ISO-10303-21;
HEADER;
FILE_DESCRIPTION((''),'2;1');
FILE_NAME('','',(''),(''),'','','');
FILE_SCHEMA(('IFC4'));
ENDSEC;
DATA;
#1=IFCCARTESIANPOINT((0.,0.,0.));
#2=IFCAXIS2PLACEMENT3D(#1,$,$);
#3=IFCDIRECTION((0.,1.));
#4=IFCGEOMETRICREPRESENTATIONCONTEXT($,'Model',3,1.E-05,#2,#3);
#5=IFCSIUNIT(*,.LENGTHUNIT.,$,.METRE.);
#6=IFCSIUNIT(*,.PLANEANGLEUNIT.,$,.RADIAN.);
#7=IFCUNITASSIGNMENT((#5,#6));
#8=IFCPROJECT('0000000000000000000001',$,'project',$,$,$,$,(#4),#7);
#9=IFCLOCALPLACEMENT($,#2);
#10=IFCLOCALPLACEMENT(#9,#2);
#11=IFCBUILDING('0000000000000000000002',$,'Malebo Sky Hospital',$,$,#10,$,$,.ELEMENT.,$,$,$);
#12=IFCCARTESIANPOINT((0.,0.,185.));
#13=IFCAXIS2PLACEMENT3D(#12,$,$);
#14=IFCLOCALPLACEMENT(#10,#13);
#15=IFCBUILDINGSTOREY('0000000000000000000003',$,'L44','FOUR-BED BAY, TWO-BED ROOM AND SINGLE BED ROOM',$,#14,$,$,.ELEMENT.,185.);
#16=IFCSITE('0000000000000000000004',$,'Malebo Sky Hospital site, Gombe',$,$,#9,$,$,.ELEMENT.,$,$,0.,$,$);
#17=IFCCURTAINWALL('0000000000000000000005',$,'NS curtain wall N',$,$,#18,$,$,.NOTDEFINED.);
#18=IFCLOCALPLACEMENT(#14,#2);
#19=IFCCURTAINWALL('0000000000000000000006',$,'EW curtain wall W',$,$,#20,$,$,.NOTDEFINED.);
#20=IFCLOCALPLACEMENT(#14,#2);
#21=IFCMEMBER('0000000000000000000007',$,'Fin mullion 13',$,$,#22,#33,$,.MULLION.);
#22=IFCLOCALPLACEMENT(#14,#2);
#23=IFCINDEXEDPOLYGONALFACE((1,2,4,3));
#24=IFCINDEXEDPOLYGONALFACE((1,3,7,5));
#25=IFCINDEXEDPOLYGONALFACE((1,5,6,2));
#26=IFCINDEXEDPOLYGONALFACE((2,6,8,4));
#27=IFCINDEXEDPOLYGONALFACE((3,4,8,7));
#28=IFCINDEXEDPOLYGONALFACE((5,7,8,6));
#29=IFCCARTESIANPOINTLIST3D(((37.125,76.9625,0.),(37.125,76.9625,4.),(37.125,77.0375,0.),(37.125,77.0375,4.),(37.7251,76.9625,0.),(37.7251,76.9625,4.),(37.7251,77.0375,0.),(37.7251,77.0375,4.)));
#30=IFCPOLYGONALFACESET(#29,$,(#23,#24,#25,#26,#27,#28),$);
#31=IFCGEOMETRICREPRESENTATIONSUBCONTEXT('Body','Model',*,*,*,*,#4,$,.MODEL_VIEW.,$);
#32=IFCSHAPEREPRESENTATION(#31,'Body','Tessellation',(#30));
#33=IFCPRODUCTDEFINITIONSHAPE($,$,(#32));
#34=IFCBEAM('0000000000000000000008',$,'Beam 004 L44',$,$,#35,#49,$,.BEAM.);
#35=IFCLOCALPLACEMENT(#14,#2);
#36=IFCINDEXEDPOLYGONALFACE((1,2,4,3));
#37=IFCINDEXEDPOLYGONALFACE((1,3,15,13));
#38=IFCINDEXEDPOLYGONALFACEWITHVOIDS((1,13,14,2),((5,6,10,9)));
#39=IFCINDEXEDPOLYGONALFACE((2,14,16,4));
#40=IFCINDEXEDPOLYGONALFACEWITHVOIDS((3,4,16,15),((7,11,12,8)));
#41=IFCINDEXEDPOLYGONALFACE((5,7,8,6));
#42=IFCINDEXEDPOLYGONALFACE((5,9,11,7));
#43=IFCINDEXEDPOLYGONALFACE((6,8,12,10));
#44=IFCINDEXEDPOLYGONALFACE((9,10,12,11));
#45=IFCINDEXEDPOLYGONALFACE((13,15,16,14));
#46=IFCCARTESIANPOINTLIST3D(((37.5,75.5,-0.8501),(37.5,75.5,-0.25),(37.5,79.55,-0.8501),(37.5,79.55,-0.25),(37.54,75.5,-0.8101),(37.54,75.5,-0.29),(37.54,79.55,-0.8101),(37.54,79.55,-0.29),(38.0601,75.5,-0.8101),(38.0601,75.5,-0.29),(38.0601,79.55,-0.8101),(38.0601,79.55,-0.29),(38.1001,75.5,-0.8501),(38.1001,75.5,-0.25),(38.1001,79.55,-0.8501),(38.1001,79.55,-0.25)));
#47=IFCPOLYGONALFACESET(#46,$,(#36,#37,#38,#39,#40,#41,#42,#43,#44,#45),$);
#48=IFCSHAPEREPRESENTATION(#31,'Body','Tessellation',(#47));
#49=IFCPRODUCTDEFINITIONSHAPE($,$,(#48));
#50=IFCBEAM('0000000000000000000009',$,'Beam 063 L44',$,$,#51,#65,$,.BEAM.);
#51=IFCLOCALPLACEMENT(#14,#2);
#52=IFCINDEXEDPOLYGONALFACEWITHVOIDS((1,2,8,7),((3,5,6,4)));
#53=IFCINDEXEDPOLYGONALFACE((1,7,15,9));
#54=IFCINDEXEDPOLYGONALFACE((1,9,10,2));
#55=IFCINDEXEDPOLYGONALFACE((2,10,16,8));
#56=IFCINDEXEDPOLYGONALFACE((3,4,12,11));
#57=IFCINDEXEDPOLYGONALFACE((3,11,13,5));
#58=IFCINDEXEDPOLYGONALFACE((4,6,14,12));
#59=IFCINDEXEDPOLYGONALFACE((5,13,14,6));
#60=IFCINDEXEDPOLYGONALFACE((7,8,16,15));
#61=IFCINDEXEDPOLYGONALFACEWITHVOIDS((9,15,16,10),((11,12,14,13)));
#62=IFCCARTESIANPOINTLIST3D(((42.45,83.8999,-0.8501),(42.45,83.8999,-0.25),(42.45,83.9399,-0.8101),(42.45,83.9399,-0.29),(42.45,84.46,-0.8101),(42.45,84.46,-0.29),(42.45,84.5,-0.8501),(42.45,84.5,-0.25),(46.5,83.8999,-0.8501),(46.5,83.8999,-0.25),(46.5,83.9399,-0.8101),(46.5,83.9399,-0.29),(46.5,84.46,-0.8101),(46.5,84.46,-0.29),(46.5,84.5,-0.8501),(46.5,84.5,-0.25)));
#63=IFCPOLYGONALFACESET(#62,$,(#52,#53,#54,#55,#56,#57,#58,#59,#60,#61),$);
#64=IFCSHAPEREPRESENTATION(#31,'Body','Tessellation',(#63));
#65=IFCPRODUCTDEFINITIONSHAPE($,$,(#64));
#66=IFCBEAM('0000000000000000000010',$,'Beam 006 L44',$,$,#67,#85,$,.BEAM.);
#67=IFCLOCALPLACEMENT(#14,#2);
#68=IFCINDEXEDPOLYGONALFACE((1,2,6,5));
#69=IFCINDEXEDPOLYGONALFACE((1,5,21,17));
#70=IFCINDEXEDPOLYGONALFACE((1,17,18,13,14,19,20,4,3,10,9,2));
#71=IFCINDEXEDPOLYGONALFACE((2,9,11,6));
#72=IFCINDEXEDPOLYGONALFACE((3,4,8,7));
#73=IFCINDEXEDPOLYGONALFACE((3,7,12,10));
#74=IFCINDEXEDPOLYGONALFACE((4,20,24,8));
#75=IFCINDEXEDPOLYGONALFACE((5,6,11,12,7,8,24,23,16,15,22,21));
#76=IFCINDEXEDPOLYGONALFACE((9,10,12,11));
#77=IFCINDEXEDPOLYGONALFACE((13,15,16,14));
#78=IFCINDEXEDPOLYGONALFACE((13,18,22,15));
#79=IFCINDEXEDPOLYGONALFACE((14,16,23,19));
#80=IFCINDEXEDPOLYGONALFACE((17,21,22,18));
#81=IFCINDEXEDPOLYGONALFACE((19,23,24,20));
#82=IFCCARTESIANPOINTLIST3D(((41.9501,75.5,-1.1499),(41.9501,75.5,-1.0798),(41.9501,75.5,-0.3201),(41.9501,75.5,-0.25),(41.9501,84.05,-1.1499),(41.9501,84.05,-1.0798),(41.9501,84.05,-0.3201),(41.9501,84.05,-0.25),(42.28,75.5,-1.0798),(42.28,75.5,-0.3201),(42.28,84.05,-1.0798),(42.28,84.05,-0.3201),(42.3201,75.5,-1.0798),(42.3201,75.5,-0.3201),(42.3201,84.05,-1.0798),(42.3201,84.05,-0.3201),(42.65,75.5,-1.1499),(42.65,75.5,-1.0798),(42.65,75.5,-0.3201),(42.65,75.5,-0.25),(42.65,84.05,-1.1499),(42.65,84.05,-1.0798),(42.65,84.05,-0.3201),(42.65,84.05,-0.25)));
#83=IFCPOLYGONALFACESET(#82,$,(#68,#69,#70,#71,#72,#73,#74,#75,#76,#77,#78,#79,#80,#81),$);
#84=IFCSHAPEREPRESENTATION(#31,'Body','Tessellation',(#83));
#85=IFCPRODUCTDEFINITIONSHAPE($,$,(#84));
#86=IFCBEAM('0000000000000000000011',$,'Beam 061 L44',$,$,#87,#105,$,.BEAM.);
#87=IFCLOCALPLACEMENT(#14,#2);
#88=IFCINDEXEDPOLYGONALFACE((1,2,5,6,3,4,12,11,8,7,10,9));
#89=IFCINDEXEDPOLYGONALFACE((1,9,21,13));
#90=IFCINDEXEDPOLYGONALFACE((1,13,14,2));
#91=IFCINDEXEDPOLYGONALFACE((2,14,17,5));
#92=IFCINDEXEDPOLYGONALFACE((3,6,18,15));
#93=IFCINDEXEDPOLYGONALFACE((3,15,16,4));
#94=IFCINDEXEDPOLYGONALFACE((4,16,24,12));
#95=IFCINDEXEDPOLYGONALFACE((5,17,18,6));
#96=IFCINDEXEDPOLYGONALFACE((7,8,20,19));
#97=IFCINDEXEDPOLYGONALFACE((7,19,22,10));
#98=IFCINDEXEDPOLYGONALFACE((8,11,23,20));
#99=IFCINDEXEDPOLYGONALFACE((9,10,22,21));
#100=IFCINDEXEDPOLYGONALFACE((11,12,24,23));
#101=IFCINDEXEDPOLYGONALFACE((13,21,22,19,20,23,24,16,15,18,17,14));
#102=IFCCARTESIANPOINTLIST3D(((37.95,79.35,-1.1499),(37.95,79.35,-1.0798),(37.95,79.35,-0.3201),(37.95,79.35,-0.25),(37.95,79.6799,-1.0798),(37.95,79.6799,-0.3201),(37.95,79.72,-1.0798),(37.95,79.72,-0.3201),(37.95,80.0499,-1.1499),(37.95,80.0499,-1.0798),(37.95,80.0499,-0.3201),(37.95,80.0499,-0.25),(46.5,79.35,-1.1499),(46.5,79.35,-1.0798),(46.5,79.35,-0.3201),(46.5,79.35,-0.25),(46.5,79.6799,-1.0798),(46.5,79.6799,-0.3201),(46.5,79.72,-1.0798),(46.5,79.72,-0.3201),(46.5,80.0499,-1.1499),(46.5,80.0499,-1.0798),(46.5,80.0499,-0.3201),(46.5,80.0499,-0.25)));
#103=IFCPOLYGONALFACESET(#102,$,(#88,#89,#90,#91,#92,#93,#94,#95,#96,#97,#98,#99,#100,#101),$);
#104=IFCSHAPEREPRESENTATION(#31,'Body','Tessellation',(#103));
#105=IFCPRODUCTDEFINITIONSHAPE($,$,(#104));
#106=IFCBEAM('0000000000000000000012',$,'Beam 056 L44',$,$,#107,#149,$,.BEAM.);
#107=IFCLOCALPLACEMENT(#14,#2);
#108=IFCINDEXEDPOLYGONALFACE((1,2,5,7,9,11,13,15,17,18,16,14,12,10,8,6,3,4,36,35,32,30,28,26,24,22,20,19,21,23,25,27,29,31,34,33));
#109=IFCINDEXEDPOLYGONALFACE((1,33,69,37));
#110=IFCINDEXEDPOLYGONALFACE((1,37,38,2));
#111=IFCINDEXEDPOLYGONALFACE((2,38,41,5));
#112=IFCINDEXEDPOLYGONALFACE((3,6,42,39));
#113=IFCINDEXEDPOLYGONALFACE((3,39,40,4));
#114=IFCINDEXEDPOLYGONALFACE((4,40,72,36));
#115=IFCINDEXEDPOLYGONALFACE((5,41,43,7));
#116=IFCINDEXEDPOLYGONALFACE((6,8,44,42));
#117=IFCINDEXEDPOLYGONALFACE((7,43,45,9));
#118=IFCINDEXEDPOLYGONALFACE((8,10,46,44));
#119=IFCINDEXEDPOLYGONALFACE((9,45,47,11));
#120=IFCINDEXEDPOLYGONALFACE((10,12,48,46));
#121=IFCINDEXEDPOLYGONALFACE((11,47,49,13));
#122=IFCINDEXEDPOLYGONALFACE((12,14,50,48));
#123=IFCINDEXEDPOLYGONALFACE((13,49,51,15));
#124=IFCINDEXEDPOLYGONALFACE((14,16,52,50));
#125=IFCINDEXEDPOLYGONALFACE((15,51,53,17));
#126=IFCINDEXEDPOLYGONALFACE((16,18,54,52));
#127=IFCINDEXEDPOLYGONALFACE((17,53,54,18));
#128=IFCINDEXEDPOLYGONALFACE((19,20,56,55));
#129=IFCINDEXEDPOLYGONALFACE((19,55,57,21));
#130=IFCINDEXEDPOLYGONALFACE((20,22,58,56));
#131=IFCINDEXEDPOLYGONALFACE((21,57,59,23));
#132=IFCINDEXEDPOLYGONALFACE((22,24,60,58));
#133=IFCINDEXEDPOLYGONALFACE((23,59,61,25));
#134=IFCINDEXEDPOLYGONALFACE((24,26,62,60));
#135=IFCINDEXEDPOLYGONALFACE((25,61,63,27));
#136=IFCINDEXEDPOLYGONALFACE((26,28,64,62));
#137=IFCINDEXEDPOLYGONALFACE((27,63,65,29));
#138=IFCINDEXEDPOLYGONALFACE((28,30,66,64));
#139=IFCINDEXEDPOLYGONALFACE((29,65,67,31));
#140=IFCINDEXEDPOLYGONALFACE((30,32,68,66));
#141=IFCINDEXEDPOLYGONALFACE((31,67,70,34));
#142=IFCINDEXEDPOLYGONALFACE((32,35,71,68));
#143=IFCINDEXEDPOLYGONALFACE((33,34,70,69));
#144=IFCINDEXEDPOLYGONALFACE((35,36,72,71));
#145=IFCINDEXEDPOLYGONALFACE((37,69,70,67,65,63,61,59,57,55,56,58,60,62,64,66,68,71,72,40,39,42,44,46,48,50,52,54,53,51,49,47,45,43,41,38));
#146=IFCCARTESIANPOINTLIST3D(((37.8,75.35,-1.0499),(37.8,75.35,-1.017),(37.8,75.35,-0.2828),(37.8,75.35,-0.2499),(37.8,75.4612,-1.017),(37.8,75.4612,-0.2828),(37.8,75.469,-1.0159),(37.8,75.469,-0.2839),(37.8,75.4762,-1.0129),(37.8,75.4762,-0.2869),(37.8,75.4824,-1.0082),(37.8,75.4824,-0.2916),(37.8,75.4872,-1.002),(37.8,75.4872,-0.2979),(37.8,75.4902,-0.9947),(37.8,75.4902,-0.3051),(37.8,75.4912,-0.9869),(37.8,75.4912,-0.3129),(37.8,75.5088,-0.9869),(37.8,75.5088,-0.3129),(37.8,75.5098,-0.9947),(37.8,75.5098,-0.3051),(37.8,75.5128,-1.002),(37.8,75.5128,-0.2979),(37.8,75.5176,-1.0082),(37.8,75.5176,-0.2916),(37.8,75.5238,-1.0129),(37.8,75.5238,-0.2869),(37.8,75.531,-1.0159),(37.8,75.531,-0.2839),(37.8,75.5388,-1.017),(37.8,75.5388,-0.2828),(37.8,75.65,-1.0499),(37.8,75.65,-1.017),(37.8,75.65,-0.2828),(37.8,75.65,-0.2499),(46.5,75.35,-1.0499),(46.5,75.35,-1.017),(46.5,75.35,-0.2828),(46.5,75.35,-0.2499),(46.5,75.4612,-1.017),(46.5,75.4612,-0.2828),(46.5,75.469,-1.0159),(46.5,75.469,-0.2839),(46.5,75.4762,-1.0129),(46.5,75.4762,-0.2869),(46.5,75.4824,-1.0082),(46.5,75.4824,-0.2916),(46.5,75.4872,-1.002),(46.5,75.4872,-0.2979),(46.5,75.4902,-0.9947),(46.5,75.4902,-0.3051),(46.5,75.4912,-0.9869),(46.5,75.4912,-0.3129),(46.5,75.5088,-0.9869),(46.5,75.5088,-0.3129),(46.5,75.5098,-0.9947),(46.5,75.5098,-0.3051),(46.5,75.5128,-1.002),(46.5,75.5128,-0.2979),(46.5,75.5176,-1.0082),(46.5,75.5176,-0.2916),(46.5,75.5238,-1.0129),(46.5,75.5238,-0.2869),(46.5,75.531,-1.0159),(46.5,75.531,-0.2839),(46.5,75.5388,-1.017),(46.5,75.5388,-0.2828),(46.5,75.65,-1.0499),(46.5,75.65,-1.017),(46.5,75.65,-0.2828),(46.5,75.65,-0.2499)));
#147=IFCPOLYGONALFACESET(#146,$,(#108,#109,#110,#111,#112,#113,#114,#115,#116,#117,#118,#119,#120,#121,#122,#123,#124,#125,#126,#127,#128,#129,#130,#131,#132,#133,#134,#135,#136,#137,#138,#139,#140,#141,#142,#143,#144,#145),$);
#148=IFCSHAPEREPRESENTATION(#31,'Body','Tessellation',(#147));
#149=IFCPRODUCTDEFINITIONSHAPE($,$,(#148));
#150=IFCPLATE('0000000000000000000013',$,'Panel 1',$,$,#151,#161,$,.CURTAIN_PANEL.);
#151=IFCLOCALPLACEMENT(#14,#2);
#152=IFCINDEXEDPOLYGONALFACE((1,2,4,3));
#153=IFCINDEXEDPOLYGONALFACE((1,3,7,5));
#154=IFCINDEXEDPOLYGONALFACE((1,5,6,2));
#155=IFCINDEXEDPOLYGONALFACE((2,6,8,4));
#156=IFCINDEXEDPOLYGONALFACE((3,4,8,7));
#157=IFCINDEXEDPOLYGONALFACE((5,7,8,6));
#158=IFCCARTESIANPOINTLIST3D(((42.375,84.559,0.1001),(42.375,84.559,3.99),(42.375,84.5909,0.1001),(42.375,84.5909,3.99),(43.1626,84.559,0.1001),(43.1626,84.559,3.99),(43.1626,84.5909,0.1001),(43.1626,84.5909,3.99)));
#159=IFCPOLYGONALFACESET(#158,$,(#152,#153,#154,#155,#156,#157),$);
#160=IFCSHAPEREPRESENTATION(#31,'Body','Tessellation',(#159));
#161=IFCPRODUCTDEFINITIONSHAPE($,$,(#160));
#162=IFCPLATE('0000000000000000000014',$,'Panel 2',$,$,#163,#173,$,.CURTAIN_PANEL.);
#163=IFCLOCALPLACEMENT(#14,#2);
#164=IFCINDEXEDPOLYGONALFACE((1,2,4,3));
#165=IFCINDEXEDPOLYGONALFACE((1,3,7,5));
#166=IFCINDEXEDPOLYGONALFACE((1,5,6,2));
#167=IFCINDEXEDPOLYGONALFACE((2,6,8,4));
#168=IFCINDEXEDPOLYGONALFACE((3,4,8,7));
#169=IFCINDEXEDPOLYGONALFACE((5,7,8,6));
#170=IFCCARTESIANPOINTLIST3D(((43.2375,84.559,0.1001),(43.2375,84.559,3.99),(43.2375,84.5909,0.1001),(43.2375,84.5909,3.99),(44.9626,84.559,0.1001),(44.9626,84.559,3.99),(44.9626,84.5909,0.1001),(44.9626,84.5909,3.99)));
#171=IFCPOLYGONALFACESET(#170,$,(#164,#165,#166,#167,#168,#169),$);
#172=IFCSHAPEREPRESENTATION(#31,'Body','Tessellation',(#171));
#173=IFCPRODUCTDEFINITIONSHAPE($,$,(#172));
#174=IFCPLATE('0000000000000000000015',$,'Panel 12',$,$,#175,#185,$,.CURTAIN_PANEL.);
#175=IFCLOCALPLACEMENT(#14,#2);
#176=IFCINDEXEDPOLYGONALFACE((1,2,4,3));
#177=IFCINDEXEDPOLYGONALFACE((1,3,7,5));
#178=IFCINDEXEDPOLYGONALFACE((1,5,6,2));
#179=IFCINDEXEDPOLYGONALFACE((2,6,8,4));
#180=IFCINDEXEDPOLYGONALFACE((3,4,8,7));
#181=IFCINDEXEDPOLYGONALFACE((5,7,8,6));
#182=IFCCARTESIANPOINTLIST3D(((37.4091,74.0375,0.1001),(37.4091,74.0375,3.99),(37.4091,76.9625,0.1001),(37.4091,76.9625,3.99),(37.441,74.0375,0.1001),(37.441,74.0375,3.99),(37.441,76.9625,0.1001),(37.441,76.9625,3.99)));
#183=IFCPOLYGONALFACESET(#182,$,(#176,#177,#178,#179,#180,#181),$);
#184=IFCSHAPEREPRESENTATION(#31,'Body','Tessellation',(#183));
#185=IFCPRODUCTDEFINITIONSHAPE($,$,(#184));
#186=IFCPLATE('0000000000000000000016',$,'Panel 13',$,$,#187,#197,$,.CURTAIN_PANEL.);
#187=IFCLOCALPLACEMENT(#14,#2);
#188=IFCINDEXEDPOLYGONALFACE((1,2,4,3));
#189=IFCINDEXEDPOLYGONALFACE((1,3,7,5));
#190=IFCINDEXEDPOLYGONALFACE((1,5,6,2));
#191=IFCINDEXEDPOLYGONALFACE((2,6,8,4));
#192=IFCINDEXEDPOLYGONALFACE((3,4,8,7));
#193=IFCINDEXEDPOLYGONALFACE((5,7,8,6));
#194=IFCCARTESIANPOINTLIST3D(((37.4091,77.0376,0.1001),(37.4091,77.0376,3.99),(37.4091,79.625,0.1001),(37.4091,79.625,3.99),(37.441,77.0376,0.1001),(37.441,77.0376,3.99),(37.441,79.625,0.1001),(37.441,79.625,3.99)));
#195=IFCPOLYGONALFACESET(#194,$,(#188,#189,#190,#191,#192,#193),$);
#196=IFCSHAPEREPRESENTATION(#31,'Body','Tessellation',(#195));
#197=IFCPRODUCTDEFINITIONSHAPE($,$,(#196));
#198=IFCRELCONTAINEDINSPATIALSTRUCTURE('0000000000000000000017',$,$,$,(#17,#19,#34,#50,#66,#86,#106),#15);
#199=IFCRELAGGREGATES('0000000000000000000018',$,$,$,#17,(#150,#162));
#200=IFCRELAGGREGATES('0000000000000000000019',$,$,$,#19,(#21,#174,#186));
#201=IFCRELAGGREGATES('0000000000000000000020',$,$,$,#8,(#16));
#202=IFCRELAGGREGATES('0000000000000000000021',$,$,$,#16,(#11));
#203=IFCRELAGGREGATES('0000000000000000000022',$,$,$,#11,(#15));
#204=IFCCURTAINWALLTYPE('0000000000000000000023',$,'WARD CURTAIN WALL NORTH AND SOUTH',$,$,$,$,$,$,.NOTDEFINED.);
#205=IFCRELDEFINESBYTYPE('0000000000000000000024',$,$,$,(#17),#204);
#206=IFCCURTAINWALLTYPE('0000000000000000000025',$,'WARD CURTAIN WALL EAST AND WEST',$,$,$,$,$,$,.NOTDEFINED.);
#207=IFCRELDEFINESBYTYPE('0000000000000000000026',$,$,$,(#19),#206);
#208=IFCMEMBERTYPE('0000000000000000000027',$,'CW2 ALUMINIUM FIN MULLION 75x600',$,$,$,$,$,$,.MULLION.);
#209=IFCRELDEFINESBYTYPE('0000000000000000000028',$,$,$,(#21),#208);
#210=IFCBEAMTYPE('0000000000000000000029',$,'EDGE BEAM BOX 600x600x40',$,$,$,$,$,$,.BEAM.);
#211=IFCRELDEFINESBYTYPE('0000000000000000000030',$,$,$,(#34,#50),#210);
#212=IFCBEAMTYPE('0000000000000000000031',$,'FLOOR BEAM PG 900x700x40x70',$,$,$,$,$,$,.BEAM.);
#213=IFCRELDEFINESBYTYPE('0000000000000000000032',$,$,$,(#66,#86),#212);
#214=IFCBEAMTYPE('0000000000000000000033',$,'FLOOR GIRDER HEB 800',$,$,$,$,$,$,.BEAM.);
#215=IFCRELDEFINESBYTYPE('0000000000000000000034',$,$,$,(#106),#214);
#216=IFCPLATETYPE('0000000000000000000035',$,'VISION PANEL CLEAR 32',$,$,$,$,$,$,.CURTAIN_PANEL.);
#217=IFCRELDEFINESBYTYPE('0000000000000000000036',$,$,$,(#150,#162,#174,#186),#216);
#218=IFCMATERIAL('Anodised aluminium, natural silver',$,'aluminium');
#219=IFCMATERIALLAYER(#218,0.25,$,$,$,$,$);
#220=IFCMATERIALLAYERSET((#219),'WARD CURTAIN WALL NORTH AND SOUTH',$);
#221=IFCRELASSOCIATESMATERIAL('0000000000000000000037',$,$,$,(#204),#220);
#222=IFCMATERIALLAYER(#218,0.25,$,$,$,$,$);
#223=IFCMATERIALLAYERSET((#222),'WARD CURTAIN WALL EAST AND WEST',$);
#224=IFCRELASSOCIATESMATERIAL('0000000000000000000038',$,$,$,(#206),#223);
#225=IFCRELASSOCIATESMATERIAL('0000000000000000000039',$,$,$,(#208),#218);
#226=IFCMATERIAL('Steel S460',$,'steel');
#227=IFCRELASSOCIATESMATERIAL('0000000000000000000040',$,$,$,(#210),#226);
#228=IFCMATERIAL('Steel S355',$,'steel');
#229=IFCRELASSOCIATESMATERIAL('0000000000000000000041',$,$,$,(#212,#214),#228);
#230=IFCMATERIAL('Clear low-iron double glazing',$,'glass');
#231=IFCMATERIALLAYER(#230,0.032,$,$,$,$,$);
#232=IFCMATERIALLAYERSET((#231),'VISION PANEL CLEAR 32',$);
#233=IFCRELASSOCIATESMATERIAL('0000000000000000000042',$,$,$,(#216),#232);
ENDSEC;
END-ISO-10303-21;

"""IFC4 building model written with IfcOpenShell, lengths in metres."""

from ifc_helpers import new_model, si_unit, direction, frame, origin, origin_2d, place, context, subcontext, project, spatial, rectangle, hollow_rectangle, i_section, extrude, material, layer, layer_set, material_profile, profile_set, type_object, element, aggregate, save


model = new_model("IFC4")

# Units and contexts
model_context = context("Model", 3, precision=1e-05, world=origin(), true_north=direction((0.0, 1.0)))
body_context = subcontext(model_context, "Body", "Model", "MODEL_VIEW")
ifc_project = project(units=[si_unit("LENGTHUNIT", "METRE"), si_unit("PLANEANGLEUNIT", "RADIAN")], contexts=[model_context])

# Site, building, storey
site_placement = place(None, origin())
site = spatial("IfcSite", under=ifc_project, at=site_placement, Name="Malebo Sky Hospital site, Gombe", CompositionType="ELEMENT", RefElevation=0.0)
building_placement = place(site_placement, origin())
building = spatial("IfcBuilding", under=site, at=building_placement, Name="Malebo Sky Hospital", CompositionType="ELEMENT")
storey_placement = place(building_placement, frame((0.0, 0.0, 185.0)))
storey = spatial("IfcBuildingStorey", under=building, at=storey_placement, Name="L44", Description="FOUR-BED BAY, TWO-BED ROOM AND SINGLE BED ROOM", CompositionType="ELEMENT", Elevation=185.0)

# Shared definitions
ifc_material_1 = material(Name="Steel S460", Category="steel")

# Curtain walls
ifc_material_2 = material(Name="Anodised aluminium, natural silver", Category="aluminium")
ifc_layer_1 = layer(ifc_material_2, 0.25)
ifc_layer_set_1 = layer_set([ifc_layer_1], Name="WARD CURTAIN WALL NORTH AND SOUTH")
curtain_wall_type_1 = type_object("IfcCurtainWallType", Name="WARD CURTAIN WALL NORTH AND SOUTH", PredefinedType="NOTDEFINED", material=ifc_layer_set_1)
curtain_wall_1_placement = place(storey_placement, origin())
curtain_wall_1 = element("IfcCurtainWall", 1, at=curtain_wall_1_placement, inside=storey, type_object=curtain_wall_type_1, Name="NS curtain wall N", PredefinedType="NOTDEFINED")
ifc_layer_2 = layer(ifc_material_2, 0.25)
ifc_layer_set_2 = layer_set([ifc_layer_2], Name="WARD CURTAIN WALL EAST AND WEST")
curtain_wall_type_2 = type_object("IfcCurtainWallType", Name="WARD CURTAIN WALL EAST AND WEST", PredefinedType="NOTDEFINED", material=ifc_layer_set_2)
curtain_wall_2_placement = place(storey_placement, origin())
curtain_wall_2 = element("IfcCurtainWall", 2, at=curtain_wall_2_placement, inside=storey, type_object=curtain_wall_type_2, Name="EW curtain wall W", PredefinedType="NOTDEFINED")

# Member
ifc_material_profile_1 = material_profile(ifc_material_2, rectangle(XDim=0.075, YDim=0.6001, at=origin_2d()), Name="CW2 ALUMINIUM FIN MULLION 75x600")
ifc_profile_set_1 = profile_set([ifc_material_profile_1], Name="Anodised aluminium, natural silver")
member_type_1 = type_object("IfcMemberType", Name="CW2 ALUMINIUM FIN MULLION 75x600", PredefinedType="MULLION", material=ifc_profile_set_1)
member_1_placement = place(storey_placement, frame((37.425, 77.0, 0.0), z_axis=(0.0, 0.0, 1.0), x_axis=(0.0, 1.0, 0.0)))
member_1 = element("IfcMember", 3, at=member_1_placement, type_object=member_type_1, Name="Fin mullion 13", PredefinedType="MULLION", context=body_context, shape_type="SweptSolid", body=[
    extrude(rectangle(XDim=0.075, YDim=0.6001, at=origin_2d()), origin(), (0.0, 0.0, 1.0), 4.0),
])

# Beams
ifc_material_profile_2 = material_profile(ifc_material_1, hollow_rectangle(XDim=0.6001, YDim=0.6001, WallThickness=0.04, at=origin_2d()), Name="BOX 600x600x40")
ifc_profile_set_2 = profile_set([ifc_material_profile_2], Name="Steel S460")
beam_type_1 = type_object("IfcBeamType", Name="EDGE BEAM BOX 600x600x40", PredefinedType="BEAM", material=ifc_profile_set_2)
for number, where, z_axis, x_axis, name in (
    (4, (37.8, 75.5, -0.55), (0.0, 1.0, 0.0), (-1.0, 0.0, 0.0), "Beam 004 L44"),
    (5, (42.45, 84.2, -0.55), (1.0, 0.0, 0.0), (0.0, 1.0, 0.0), "Beam 063 L44"),
):
    element("IfcBeam", number, at=place(storey_placement, frame(where, z_axis=z_axis, x_axis=x_axis)), inside=storey, type_object=beam_type_1, Name=name, PredefinedType="BEAM", context=body_context, shape_type="SweptSolid", body=[
        extrude(hollow_rectangle(XDim=0.6001, YDim=0.6001, WallThickness=0.04, at=origin_2d()), origin(), (0.0, 0.0, 1.0), 4.05),
    ])
ifc_material_3 = material(Name="Steel S355", Category="steel")
ifc_material_profile_3 = material_profile(ifc_material_3, i_section(OverallWidth=0.7, OverallDepth=0.8999, WebThickness=0.04, FlangeThickness=0.0701, at=origin_2d()), Name="PG 900x700x40x70")
ifc_profile_set_3 = profile_set([ifc_material_profile_3], Name="Steel S355")
beam_type_2 = type_object("IfcBeamType", Name="FLOOR BEAM PG 900x700x40x70", PredefinedType="BEAM", material=ifc_profile_set_3)
for number, where, z_axis, x_axis, name in (
    (6, (42.3, 75.5, -0.7), (0.0, 1.0, 0.0), (-1.0, 0.0, 0.0), "Beam 006 L44"),
    (7, (37.95, 79.7, -0.7), (1.0, 0.0, 0.0), (0.0, 1.0, 0.0), "Beam 061 L44"),
):
    element("IfcBeam", number, at=place(storey_placement, frame(where, z_axis=z_axis, x_axis=x_axis)), inside=storey, type_object=beam_type_2, Name=name, PredefinedType="BEAM", context=body_context, shape_type="SweptSolid", body=[
        extrude(i_section(OverallWidth=0.7, OverallDepth=0.8999, WebThickness=0.04, FlangeThickness=0.0701, at=origin_2d()), origin(), (0.0, 0.0, 1.0), 8.55),
    ])
ifc_material_profile_4 = material_profile(ifc_material_3, i_section(OverallWidth=0.3, OverallDepth=0.8, WebThickness=0.0176, FlangeThickness=0.033, FilletRadius=0.03, at=origin_2d()), Name="HEB 800")
ifc_profile_set_4 = profile_set([ifc_material_profile_4], Name="Steel S355")
beam_type_3 = type_object("IfcBeamType", Name="FLOOR GIRDER HEB 800", PredefinedType="BEAM", material=ifc_profile_set_4)
beam_placement = place(storey_placement, frame((37.8, 75.5, -0.6499), z_axis=(1.0, 0.0, 0.0), x_axis=(0.0, 1.0, 0.0)))
element("IfcBeam", 8, at=beam_placement, inside=storey, type_object=beam_type_3, Name="Beam 056 L44", PredefinedType="BEAM", context=body_context, shape_type="SweptSolid", body=[
    extrude(i_section(OverallWidth=0.3, OverallDepth=0.8, WebThickness=0.0176, FlangeThickness=0.033, FilletRadius=0.03, at=origin_2d()), origin(), (0.0, 0.0, 1.0), 8.7),
])

# Plates
ifc_material_4 = material(Name="Clear low-iron double glazing", Category="glass")
ifc_layer_3 = layer(ifc_material_4, 0.032)
ifc_layer_set_3 = layer_set([ifc_layer_3], Name="VISION PANEL CLEAR 32")
plate_type = type_object("IfcPlateType", Name="VISION PANEL CLEAR 32", PredefinedType="CURTAIN_PANEL", material=ifc_layer_set_3)
plate_1_placement = place(storey_placement, frame((42.7688, 84.575, 0.1001), z_axis=(0.0, 0.0, 1.0), x_axis=(1.0, 0.0, 0.0)))
plate_1 = element("IfcPlate", 9, at=plate_1_placement, type_object=plate_type, Name="Panel 1", PredefinedType="CURTAIN_PANEL", context=body_context, shape_type="SweptSolid", body=[
    extrude(rectangle(XDim=0.7876, YDim=0.032, at=origin_2d()), origin(), (0.0, 0.0, 1.0), 3.8899),
])
plate_2_placement = place(storey_placement, frame((44.1001, 84.575, 0.1001), z_axis=(0.0, 0.0, 1.0), x_axis=(1.0, 0.0, 0.0)))
plate_2 = element("IfcPlate", 10, at=plate_2_placement, type_object=plate_type, Name="Panel 2", PredefinedType="CURTAIN_PANEL", context=body_context, shape_type="SweptSolid", body=[
    extrude(rectangle(XDim=1.7251, YDim=0.032, at=origin_2d()), origin(), (0.0, 0.0, 1.0), 3.8899),
])
aggregate(curtain_wall_1, [plate_1, plate_2])
plate_3_placement = place(storey_placement, frame((37.425, 75.5, 0.1001), z_axis=(0.0, 0.0, 1.0), x_axis=(0.0, 1.0, 0.0)))
plate_3 = element("IfcPlate", 11, at=plate_3_placement, type_object=plate_type, Name="Panel 12", PredefinedType="CURTAIN_PANEL", context=body_context, shape_type="SweptSolid", body=[
    extrude(rectangle(XDim=2.925, YDim=0.032, at=origin_2d()), origin(), (0.0, 0.0, 1.0), 3.8899),
])
plate_4_placement = place(storey_placement, frame((37.425, 78.3313, 0.1001), z_axis=(0.0, 0.0, 1.0), x_axis=(0.0, 1.0, 0.0)))
plate_4 = element("IfcPlate", 12, at=plate_4_placement, type_object=plate_type, Name="Panel 13", PredefinedType="CURTAIN_PANEL", context=body_context, shape_type="SweptSolid", body=[
    extrude(rectangle(XDim=2.5874, YDim=0.032, at=origin_2d()), origin(), (0.0, 0.0, 1.0), 3.8899),
])
aggregate(curtain_wall_2, [member_1, plate_3, plate_4])

save(model, "model.ifc")
